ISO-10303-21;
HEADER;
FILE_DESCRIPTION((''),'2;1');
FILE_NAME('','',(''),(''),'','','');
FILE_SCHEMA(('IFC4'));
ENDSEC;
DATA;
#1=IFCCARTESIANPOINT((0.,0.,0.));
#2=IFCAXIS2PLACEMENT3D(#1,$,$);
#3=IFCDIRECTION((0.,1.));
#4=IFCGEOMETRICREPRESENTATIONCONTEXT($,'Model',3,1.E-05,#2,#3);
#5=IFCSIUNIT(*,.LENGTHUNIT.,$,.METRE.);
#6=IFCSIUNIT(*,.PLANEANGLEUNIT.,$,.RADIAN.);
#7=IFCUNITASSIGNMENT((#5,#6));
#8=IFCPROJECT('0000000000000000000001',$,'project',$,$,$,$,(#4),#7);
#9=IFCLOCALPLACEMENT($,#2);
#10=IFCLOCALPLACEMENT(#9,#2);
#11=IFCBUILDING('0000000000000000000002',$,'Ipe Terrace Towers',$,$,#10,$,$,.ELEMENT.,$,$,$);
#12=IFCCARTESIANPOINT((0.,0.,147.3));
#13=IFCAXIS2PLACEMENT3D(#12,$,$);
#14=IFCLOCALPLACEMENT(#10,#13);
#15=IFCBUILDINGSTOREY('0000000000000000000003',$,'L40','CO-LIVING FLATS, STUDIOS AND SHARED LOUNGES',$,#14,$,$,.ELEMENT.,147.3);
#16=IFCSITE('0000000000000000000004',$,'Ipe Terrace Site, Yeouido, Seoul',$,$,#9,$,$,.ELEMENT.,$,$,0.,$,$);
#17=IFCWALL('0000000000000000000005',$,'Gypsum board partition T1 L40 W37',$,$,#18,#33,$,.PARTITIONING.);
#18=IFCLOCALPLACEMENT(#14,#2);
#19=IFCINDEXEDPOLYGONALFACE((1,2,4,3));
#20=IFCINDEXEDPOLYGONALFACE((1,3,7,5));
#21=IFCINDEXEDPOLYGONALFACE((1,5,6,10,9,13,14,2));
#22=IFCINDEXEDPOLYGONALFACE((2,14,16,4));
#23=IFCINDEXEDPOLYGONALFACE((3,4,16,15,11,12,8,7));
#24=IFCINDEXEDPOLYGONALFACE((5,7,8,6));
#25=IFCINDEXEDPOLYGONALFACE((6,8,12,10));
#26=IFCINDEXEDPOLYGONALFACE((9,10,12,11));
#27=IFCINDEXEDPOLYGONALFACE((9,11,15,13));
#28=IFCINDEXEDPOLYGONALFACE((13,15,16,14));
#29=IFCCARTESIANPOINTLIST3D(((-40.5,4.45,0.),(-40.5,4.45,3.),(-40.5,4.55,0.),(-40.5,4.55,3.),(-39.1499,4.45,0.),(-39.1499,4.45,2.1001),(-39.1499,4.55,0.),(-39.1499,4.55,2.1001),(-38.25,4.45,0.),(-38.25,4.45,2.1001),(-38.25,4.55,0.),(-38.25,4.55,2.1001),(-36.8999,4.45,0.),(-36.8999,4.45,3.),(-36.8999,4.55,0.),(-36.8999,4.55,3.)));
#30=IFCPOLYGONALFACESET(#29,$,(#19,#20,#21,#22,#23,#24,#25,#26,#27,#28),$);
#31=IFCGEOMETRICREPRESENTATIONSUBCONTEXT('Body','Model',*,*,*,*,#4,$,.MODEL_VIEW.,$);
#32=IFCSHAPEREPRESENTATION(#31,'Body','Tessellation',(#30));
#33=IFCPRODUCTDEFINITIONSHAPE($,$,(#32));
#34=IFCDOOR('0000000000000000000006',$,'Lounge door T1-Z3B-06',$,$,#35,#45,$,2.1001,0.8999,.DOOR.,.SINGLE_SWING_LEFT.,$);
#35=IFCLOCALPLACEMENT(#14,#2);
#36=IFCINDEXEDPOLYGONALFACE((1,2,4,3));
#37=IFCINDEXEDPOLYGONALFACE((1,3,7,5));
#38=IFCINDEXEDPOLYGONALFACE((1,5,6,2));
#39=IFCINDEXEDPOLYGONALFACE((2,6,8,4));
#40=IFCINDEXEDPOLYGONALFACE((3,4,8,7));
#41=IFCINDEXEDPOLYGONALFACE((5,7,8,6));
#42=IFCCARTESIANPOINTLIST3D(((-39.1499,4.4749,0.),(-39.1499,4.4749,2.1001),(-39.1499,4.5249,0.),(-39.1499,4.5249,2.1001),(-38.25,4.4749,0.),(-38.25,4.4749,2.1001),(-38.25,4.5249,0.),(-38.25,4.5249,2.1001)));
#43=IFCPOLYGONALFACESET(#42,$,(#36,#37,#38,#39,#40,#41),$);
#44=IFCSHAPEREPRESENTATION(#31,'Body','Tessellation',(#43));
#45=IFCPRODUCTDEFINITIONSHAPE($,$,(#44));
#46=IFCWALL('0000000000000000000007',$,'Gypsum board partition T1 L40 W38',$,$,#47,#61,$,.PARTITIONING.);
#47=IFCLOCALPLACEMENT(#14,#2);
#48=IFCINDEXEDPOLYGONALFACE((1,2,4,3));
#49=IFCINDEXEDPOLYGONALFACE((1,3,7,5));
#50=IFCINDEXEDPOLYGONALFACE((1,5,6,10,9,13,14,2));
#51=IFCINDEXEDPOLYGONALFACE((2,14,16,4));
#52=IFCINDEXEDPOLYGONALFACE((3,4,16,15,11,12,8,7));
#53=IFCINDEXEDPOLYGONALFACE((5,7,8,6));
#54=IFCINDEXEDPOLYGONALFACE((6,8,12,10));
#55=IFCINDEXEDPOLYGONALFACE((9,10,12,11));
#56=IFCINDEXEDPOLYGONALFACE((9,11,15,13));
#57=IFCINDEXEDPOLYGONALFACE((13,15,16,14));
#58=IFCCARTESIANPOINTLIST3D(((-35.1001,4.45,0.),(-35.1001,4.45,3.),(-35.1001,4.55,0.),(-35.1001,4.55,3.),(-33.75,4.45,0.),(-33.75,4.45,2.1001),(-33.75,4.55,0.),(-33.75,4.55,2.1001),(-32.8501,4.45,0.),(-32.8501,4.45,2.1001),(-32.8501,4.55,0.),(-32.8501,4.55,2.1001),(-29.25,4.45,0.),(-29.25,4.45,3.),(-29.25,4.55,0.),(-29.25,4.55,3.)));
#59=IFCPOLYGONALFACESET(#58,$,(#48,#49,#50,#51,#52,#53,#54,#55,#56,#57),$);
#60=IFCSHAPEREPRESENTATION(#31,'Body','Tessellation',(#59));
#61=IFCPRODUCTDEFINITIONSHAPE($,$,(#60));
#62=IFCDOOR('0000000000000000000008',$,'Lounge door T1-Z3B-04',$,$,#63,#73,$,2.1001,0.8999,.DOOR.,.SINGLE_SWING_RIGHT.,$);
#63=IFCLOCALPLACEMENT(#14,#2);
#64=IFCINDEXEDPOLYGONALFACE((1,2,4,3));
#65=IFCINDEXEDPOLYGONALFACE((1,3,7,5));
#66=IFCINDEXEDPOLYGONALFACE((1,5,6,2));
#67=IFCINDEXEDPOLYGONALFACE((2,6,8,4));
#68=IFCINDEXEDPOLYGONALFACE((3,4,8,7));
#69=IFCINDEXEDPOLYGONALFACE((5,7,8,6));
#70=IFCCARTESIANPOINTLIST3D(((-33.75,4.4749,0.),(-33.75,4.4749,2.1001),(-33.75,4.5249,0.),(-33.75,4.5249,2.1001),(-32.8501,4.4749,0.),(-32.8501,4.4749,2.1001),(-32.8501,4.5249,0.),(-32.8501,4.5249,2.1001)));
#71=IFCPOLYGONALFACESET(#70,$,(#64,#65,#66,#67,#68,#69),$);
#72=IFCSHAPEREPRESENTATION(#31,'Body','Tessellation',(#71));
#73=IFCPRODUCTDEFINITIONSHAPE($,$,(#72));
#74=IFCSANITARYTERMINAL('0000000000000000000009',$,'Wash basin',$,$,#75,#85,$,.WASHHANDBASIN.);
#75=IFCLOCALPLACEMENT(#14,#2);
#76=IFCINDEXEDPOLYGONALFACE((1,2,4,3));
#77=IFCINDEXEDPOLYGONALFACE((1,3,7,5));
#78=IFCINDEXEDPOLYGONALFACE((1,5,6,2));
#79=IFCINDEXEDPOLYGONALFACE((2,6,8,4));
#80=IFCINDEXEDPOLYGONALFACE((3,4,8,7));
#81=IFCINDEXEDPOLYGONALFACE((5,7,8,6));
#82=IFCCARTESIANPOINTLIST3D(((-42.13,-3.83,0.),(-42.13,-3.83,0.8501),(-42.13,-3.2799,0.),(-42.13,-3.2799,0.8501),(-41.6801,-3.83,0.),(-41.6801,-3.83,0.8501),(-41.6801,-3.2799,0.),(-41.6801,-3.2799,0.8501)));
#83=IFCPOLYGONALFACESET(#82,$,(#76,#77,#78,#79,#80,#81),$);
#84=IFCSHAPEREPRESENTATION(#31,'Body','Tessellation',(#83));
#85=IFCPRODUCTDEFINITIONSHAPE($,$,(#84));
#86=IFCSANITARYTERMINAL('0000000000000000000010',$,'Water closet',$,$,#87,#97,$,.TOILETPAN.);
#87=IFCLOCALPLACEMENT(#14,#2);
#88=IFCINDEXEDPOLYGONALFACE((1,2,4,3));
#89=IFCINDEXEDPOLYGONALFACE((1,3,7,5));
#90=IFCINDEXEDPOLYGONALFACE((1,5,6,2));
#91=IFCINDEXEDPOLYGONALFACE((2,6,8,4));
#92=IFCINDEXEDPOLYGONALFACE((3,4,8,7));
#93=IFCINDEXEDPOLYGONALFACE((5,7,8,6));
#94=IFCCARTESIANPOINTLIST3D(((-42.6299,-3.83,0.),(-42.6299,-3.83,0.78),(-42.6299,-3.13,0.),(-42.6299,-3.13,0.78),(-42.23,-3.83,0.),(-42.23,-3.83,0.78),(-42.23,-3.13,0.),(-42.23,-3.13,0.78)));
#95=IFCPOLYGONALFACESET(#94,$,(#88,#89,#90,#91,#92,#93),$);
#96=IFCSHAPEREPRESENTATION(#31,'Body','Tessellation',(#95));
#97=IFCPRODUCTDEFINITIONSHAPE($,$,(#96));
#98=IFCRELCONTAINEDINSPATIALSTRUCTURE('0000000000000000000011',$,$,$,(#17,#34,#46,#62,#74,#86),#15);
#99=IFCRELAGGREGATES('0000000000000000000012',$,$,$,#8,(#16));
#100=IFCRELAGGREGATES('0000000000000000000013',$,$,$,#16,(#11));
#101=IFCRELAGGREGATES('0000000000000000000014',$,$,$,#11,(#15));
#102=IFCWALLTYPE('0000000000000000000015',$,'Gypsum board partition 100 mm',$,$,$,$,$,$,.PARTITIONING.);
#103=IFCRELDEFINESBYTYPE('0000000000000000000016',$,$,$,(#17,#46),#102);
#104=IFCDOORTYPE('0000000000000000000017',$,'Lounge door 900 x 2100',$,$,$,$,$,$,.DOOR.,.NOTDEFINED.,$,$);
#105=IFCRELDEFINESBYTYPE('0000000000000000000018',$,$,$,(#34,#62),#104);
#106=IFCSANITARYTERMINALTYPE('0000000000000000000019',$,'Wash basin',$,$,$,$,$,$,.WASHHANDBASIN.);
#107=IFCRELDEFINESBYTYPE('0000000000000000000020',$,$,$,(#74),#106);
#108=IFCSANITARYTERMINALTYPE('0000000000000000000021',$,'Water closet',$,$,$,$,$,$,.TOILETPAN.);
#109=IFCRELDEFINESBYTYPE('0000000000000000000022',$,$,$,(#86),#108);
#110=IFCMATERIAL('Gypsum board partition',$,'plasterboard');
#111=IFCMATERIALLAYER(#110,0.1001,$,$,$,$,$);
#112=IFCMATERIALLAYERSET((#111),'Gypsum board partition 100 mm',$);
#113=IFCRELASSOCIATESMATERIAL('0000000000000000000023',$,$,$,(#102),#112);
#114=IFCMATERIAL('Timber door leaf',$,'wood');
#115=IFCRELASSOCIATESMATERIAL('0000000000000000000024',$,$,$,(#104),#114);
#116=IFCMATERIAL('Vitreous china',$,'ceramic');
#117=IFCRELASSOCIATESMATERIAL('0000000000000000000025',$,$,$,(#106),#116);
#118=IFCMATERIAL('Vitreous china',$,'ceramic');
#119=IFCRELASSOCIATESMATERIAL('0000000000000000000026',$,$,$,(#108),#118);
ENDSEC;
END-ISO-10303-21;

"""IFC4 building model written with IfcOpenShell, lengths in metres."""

from ifc_helpers import new_model, si_unit, direction, frame, frame_2d, origin, origin_2d, place, context, subcontext, project, spatial, rectangle, extrude, material, layer, layer_set, type_object, element, fill, save


model = new_model("IFC4")

# Units and contexts
model_context = context("Model", 3, precision=1e-05, world=origin(), true_north=direction((0.0, 1.0)))
body_context = subcontext(model_context, "Body", "Model", "MODEL_VIEW")
ifc_project = project(units=[si_unit("LENGTHUNIT", "METRE"), si_unit("PLANEANGLEUNIT", "RADIAN")], contexts=[model_context])

# Site, building, storey
site_placement = place(None, origin())
site = spatial("IfcSite", under=ifc_project, at=site_placement, Name="Ipe Terrace Site, Yeouido, Seoul", CompositionType="ELEMENT", RefElevation=0.0)
building_placement = place(site_placement, origin())
building = spatial("IfcBuilding", under=site, at=building_placement, Name="Ipe Terrace Towers", CompositionType="ELEMENT")
storey_placement = place(building_placement, frame((0.0, 0.0, 147.3)))
storey = spatial("IfcBuildingStorey", under=building, at=storey_placement, Name="L40", Description="CO-LIVING FLATS, STUDIOS AND SHARED LOUNGES", CompositionType="ELEMENT", Elevation=147.3)

# Shared definitions
ifc_material_1 = material(Name="Gypsum board partition", Category="plasterboard")
ifc_layer = layer(ifc_material_1, 0.1001)
ifc_layer_set = layer_set([ifc_layer], Name="Gypsum board partition 100 mm")
wall_type = type_object("IfcWallType", Name="Gypsum board partition 100 mm", PredefinedType="PARTITIONING", material=ifc_layer_set)

# Shared definitions
ifc_material_2 = material(Name="Timber door leaf", Category="wood")
door_type = type_object("IfcDoorType", Name="Lounge door 900 x 2100", OperationType="NOTDEFINED", PredefinedType="DOOR", material=ifc_material_2)

# Walls, openings, doors
wall_1_placement = place(storey_placement, frame((-40.5, 4.5, 0.0), z_axis=(0.0, 0.0, 1.0), x_axis=(1.0, 0.0, 0.0)))
wall_1 = element("IfcWall", 1, at=wall_1_placement, inside=storey, type_object=wall_type, Name="Gypsum board partition T1 L40 W37", PredefinedType="PARTITIONING", context=body_context, shape_type="SweptSolid", body=[
    extrude(rectangle(XDim=3.6001, YDim=0.1001, at=frame_2d((1.8, 0.0))), origin(), (0.0, 0.0, 1.0), 3.0),
])
opening_1_placement = place(wall_1_placement, frame((1.3501, 0.0, 0.0)))
opening_1 = element("IfcOpeningElement", 2, at=opening_1_placement, cuts=wall_1, PredefinedType="OPENING", context=body_context, shape_type="SweptSolid", body=[
    extrude(rectangle(XDim=0.8999, YDim=2.1001, at=frame_2d((0.45, 1.05))), frame((0.0, 0.0601, 0.0), z_axis=(0.0, -1.0, 0.0), x_axis=(1.0, 0.0, 0.0)), (0.0, 0.0, 1.0), 0.1201),
])
door_1_placement = place(opening_1_placement, origin())
door_1 = element("IfcDoor", 3, at=door_1_placement, inside=storey, type_object=door_type, Name="Lounge door T1-Z3B-06", OperationType="SINGLE_SWING_LEFT", OverallHeight=2.1001, OverallWidth=0.8999, PredefinedType="DOOR", context=body_context, shape_type="SweptSolid", body=[
    extrude(rectangle(XDim=0.8999, YDim=2.1001, at=frame_2d((0.45, 1.05))), frame((0.0, 0.0249, 0.0), z_axis=(0.0, -1.0, 0.0), x_axis=(1.0, 0.0, 0.0)), (0.0, 0.0, 1.0), 0.05),
])
fill(opening_1, door_1)
wall_2_placement = place(storey_placement, frame((-35.1001, 4.5, 0.0), z_axis=(0.0, 0.0, 1.0), x_axis=(1.0, 0.0, 0.0)))
wall_2 = element("IfcWall", 4, at=wall_2_placement, inside=storey, type_object=wall_type, Name="Gypsum board partition T1 L40 W38", PredefinedType="PARTITIONING", context=body_context, shape_type="SweptSolid", body=[
    extrude(rectangle(XDim=5.8501, YDim=0.1001, at=frame_2d((2.925, 0.0))), origin(), (0.0, 0.0, 1.0), 3.0),
])
opening_2_placement = place(wall_2_placement, frame((1.3501, 0.0, 0.0)))
opening_2 = element("IfcOpeningElement", 5, at=opening_2_placement, cuts=wall_2, PredefinedType="OPENING", context=body_context, shape_type="SweptSolid", body=[
    extrude(rectangle(XDim=0.8999, YDim=2.1001, at=frame_2d((0.45, 1.05))), frame((0.0, 0.0601, 0.0), z_axis=(0.0, -1.0, 0.0), x_axis=(1.0, 0.0, 0.0)), (0.0, 0.0, 1.0), 0.1201),
])
door_2_placement = place(opening_2_placement, origin())
door_2 = element("IfcDoor", 6, at=door_2_placement, inside=storey, type_object=door_type, Name="Lounge door T1-Z3B-04", OperationType="SINGLE_SWING_RIGHT", OverallHeight=2.1001, OverallWidth=0.8999, PredefinedType="DOOR", context=body_context, shape_type="SweptSolid", body=[
    extrude(rectangle(XDim=0.8999, YDim=2.1001, at=frame_2d((0.45, 1.05))), frame((0.0, 0.0249, 0.0), z_axis=(0.0, -1.0, 0.0), x_axis=(1.0, 0.0, 0.0)), (0.0, 0.0, 1.0), 0.05),
])
fill(opening_2, door_2)

# Sanitary terminals
ifc_material_3 = material(Name="Vitreous china", Category="ceramic")
sanitary_terminal_type_1 = type_object("IfcSanitaryTerminalType", Name="Wash basin", PredefinedType="WASHHANDBASIN", material=ifc_material_3)
sanitary_terminal_1_placement = place(storey_placement, frame((-41.905, -3.5549, 0.0), z_axis=(0.0, 0.0, 1.0), x_axis=(0.0, 1.0, 0.0)))
element("IfcSanitaryTerminal", 7, at=sanitary_terminal_1_placement, inside=storey, type_object=sanitary_terminal_type_1, Name="Wash basin", PredefinedType="WASHHANDBASIN", context=body_context, shape_type="SweptSolid", body=[
    extrude(rectangle(XDim=0.55, YDim=0.45, at=origin_2d()), origin(), (0.0, 0.0, 1.0), 0.8501),
])
ifc_material_4 = material(Name="Vitreous china", Category="ceramic")
sanitary_terminal_type_2 = type_object("IfcSanitaryTerminalType", Name="Water closet", PredefinedType="TOILETPAN", material=ifc_material_4)
sanitary_terminal_2_placement = place(storey_placement, frame((-42.4299, -3.48, 0.0), z_axis=(0.0, 0.0, 1.0), x_axis=(0.0, 1.0, 0.0)))
element("IfcSanitaryTerminal", 8, at=sanitary_terminal_2_placement, inside=storey, type_object=sanitary_terminal_type_2, Name="Water closet", PredefinedType="TOILETPAN", context=body_context, shape_type="SweptSolid", body=[
    extrude(rectangle(XDim=0.7, YDim=0.3999, at=origin_2d()), origin(), (0.0, 0.0, 1.0), 0.78),
])

save(model, "model.ifc")
